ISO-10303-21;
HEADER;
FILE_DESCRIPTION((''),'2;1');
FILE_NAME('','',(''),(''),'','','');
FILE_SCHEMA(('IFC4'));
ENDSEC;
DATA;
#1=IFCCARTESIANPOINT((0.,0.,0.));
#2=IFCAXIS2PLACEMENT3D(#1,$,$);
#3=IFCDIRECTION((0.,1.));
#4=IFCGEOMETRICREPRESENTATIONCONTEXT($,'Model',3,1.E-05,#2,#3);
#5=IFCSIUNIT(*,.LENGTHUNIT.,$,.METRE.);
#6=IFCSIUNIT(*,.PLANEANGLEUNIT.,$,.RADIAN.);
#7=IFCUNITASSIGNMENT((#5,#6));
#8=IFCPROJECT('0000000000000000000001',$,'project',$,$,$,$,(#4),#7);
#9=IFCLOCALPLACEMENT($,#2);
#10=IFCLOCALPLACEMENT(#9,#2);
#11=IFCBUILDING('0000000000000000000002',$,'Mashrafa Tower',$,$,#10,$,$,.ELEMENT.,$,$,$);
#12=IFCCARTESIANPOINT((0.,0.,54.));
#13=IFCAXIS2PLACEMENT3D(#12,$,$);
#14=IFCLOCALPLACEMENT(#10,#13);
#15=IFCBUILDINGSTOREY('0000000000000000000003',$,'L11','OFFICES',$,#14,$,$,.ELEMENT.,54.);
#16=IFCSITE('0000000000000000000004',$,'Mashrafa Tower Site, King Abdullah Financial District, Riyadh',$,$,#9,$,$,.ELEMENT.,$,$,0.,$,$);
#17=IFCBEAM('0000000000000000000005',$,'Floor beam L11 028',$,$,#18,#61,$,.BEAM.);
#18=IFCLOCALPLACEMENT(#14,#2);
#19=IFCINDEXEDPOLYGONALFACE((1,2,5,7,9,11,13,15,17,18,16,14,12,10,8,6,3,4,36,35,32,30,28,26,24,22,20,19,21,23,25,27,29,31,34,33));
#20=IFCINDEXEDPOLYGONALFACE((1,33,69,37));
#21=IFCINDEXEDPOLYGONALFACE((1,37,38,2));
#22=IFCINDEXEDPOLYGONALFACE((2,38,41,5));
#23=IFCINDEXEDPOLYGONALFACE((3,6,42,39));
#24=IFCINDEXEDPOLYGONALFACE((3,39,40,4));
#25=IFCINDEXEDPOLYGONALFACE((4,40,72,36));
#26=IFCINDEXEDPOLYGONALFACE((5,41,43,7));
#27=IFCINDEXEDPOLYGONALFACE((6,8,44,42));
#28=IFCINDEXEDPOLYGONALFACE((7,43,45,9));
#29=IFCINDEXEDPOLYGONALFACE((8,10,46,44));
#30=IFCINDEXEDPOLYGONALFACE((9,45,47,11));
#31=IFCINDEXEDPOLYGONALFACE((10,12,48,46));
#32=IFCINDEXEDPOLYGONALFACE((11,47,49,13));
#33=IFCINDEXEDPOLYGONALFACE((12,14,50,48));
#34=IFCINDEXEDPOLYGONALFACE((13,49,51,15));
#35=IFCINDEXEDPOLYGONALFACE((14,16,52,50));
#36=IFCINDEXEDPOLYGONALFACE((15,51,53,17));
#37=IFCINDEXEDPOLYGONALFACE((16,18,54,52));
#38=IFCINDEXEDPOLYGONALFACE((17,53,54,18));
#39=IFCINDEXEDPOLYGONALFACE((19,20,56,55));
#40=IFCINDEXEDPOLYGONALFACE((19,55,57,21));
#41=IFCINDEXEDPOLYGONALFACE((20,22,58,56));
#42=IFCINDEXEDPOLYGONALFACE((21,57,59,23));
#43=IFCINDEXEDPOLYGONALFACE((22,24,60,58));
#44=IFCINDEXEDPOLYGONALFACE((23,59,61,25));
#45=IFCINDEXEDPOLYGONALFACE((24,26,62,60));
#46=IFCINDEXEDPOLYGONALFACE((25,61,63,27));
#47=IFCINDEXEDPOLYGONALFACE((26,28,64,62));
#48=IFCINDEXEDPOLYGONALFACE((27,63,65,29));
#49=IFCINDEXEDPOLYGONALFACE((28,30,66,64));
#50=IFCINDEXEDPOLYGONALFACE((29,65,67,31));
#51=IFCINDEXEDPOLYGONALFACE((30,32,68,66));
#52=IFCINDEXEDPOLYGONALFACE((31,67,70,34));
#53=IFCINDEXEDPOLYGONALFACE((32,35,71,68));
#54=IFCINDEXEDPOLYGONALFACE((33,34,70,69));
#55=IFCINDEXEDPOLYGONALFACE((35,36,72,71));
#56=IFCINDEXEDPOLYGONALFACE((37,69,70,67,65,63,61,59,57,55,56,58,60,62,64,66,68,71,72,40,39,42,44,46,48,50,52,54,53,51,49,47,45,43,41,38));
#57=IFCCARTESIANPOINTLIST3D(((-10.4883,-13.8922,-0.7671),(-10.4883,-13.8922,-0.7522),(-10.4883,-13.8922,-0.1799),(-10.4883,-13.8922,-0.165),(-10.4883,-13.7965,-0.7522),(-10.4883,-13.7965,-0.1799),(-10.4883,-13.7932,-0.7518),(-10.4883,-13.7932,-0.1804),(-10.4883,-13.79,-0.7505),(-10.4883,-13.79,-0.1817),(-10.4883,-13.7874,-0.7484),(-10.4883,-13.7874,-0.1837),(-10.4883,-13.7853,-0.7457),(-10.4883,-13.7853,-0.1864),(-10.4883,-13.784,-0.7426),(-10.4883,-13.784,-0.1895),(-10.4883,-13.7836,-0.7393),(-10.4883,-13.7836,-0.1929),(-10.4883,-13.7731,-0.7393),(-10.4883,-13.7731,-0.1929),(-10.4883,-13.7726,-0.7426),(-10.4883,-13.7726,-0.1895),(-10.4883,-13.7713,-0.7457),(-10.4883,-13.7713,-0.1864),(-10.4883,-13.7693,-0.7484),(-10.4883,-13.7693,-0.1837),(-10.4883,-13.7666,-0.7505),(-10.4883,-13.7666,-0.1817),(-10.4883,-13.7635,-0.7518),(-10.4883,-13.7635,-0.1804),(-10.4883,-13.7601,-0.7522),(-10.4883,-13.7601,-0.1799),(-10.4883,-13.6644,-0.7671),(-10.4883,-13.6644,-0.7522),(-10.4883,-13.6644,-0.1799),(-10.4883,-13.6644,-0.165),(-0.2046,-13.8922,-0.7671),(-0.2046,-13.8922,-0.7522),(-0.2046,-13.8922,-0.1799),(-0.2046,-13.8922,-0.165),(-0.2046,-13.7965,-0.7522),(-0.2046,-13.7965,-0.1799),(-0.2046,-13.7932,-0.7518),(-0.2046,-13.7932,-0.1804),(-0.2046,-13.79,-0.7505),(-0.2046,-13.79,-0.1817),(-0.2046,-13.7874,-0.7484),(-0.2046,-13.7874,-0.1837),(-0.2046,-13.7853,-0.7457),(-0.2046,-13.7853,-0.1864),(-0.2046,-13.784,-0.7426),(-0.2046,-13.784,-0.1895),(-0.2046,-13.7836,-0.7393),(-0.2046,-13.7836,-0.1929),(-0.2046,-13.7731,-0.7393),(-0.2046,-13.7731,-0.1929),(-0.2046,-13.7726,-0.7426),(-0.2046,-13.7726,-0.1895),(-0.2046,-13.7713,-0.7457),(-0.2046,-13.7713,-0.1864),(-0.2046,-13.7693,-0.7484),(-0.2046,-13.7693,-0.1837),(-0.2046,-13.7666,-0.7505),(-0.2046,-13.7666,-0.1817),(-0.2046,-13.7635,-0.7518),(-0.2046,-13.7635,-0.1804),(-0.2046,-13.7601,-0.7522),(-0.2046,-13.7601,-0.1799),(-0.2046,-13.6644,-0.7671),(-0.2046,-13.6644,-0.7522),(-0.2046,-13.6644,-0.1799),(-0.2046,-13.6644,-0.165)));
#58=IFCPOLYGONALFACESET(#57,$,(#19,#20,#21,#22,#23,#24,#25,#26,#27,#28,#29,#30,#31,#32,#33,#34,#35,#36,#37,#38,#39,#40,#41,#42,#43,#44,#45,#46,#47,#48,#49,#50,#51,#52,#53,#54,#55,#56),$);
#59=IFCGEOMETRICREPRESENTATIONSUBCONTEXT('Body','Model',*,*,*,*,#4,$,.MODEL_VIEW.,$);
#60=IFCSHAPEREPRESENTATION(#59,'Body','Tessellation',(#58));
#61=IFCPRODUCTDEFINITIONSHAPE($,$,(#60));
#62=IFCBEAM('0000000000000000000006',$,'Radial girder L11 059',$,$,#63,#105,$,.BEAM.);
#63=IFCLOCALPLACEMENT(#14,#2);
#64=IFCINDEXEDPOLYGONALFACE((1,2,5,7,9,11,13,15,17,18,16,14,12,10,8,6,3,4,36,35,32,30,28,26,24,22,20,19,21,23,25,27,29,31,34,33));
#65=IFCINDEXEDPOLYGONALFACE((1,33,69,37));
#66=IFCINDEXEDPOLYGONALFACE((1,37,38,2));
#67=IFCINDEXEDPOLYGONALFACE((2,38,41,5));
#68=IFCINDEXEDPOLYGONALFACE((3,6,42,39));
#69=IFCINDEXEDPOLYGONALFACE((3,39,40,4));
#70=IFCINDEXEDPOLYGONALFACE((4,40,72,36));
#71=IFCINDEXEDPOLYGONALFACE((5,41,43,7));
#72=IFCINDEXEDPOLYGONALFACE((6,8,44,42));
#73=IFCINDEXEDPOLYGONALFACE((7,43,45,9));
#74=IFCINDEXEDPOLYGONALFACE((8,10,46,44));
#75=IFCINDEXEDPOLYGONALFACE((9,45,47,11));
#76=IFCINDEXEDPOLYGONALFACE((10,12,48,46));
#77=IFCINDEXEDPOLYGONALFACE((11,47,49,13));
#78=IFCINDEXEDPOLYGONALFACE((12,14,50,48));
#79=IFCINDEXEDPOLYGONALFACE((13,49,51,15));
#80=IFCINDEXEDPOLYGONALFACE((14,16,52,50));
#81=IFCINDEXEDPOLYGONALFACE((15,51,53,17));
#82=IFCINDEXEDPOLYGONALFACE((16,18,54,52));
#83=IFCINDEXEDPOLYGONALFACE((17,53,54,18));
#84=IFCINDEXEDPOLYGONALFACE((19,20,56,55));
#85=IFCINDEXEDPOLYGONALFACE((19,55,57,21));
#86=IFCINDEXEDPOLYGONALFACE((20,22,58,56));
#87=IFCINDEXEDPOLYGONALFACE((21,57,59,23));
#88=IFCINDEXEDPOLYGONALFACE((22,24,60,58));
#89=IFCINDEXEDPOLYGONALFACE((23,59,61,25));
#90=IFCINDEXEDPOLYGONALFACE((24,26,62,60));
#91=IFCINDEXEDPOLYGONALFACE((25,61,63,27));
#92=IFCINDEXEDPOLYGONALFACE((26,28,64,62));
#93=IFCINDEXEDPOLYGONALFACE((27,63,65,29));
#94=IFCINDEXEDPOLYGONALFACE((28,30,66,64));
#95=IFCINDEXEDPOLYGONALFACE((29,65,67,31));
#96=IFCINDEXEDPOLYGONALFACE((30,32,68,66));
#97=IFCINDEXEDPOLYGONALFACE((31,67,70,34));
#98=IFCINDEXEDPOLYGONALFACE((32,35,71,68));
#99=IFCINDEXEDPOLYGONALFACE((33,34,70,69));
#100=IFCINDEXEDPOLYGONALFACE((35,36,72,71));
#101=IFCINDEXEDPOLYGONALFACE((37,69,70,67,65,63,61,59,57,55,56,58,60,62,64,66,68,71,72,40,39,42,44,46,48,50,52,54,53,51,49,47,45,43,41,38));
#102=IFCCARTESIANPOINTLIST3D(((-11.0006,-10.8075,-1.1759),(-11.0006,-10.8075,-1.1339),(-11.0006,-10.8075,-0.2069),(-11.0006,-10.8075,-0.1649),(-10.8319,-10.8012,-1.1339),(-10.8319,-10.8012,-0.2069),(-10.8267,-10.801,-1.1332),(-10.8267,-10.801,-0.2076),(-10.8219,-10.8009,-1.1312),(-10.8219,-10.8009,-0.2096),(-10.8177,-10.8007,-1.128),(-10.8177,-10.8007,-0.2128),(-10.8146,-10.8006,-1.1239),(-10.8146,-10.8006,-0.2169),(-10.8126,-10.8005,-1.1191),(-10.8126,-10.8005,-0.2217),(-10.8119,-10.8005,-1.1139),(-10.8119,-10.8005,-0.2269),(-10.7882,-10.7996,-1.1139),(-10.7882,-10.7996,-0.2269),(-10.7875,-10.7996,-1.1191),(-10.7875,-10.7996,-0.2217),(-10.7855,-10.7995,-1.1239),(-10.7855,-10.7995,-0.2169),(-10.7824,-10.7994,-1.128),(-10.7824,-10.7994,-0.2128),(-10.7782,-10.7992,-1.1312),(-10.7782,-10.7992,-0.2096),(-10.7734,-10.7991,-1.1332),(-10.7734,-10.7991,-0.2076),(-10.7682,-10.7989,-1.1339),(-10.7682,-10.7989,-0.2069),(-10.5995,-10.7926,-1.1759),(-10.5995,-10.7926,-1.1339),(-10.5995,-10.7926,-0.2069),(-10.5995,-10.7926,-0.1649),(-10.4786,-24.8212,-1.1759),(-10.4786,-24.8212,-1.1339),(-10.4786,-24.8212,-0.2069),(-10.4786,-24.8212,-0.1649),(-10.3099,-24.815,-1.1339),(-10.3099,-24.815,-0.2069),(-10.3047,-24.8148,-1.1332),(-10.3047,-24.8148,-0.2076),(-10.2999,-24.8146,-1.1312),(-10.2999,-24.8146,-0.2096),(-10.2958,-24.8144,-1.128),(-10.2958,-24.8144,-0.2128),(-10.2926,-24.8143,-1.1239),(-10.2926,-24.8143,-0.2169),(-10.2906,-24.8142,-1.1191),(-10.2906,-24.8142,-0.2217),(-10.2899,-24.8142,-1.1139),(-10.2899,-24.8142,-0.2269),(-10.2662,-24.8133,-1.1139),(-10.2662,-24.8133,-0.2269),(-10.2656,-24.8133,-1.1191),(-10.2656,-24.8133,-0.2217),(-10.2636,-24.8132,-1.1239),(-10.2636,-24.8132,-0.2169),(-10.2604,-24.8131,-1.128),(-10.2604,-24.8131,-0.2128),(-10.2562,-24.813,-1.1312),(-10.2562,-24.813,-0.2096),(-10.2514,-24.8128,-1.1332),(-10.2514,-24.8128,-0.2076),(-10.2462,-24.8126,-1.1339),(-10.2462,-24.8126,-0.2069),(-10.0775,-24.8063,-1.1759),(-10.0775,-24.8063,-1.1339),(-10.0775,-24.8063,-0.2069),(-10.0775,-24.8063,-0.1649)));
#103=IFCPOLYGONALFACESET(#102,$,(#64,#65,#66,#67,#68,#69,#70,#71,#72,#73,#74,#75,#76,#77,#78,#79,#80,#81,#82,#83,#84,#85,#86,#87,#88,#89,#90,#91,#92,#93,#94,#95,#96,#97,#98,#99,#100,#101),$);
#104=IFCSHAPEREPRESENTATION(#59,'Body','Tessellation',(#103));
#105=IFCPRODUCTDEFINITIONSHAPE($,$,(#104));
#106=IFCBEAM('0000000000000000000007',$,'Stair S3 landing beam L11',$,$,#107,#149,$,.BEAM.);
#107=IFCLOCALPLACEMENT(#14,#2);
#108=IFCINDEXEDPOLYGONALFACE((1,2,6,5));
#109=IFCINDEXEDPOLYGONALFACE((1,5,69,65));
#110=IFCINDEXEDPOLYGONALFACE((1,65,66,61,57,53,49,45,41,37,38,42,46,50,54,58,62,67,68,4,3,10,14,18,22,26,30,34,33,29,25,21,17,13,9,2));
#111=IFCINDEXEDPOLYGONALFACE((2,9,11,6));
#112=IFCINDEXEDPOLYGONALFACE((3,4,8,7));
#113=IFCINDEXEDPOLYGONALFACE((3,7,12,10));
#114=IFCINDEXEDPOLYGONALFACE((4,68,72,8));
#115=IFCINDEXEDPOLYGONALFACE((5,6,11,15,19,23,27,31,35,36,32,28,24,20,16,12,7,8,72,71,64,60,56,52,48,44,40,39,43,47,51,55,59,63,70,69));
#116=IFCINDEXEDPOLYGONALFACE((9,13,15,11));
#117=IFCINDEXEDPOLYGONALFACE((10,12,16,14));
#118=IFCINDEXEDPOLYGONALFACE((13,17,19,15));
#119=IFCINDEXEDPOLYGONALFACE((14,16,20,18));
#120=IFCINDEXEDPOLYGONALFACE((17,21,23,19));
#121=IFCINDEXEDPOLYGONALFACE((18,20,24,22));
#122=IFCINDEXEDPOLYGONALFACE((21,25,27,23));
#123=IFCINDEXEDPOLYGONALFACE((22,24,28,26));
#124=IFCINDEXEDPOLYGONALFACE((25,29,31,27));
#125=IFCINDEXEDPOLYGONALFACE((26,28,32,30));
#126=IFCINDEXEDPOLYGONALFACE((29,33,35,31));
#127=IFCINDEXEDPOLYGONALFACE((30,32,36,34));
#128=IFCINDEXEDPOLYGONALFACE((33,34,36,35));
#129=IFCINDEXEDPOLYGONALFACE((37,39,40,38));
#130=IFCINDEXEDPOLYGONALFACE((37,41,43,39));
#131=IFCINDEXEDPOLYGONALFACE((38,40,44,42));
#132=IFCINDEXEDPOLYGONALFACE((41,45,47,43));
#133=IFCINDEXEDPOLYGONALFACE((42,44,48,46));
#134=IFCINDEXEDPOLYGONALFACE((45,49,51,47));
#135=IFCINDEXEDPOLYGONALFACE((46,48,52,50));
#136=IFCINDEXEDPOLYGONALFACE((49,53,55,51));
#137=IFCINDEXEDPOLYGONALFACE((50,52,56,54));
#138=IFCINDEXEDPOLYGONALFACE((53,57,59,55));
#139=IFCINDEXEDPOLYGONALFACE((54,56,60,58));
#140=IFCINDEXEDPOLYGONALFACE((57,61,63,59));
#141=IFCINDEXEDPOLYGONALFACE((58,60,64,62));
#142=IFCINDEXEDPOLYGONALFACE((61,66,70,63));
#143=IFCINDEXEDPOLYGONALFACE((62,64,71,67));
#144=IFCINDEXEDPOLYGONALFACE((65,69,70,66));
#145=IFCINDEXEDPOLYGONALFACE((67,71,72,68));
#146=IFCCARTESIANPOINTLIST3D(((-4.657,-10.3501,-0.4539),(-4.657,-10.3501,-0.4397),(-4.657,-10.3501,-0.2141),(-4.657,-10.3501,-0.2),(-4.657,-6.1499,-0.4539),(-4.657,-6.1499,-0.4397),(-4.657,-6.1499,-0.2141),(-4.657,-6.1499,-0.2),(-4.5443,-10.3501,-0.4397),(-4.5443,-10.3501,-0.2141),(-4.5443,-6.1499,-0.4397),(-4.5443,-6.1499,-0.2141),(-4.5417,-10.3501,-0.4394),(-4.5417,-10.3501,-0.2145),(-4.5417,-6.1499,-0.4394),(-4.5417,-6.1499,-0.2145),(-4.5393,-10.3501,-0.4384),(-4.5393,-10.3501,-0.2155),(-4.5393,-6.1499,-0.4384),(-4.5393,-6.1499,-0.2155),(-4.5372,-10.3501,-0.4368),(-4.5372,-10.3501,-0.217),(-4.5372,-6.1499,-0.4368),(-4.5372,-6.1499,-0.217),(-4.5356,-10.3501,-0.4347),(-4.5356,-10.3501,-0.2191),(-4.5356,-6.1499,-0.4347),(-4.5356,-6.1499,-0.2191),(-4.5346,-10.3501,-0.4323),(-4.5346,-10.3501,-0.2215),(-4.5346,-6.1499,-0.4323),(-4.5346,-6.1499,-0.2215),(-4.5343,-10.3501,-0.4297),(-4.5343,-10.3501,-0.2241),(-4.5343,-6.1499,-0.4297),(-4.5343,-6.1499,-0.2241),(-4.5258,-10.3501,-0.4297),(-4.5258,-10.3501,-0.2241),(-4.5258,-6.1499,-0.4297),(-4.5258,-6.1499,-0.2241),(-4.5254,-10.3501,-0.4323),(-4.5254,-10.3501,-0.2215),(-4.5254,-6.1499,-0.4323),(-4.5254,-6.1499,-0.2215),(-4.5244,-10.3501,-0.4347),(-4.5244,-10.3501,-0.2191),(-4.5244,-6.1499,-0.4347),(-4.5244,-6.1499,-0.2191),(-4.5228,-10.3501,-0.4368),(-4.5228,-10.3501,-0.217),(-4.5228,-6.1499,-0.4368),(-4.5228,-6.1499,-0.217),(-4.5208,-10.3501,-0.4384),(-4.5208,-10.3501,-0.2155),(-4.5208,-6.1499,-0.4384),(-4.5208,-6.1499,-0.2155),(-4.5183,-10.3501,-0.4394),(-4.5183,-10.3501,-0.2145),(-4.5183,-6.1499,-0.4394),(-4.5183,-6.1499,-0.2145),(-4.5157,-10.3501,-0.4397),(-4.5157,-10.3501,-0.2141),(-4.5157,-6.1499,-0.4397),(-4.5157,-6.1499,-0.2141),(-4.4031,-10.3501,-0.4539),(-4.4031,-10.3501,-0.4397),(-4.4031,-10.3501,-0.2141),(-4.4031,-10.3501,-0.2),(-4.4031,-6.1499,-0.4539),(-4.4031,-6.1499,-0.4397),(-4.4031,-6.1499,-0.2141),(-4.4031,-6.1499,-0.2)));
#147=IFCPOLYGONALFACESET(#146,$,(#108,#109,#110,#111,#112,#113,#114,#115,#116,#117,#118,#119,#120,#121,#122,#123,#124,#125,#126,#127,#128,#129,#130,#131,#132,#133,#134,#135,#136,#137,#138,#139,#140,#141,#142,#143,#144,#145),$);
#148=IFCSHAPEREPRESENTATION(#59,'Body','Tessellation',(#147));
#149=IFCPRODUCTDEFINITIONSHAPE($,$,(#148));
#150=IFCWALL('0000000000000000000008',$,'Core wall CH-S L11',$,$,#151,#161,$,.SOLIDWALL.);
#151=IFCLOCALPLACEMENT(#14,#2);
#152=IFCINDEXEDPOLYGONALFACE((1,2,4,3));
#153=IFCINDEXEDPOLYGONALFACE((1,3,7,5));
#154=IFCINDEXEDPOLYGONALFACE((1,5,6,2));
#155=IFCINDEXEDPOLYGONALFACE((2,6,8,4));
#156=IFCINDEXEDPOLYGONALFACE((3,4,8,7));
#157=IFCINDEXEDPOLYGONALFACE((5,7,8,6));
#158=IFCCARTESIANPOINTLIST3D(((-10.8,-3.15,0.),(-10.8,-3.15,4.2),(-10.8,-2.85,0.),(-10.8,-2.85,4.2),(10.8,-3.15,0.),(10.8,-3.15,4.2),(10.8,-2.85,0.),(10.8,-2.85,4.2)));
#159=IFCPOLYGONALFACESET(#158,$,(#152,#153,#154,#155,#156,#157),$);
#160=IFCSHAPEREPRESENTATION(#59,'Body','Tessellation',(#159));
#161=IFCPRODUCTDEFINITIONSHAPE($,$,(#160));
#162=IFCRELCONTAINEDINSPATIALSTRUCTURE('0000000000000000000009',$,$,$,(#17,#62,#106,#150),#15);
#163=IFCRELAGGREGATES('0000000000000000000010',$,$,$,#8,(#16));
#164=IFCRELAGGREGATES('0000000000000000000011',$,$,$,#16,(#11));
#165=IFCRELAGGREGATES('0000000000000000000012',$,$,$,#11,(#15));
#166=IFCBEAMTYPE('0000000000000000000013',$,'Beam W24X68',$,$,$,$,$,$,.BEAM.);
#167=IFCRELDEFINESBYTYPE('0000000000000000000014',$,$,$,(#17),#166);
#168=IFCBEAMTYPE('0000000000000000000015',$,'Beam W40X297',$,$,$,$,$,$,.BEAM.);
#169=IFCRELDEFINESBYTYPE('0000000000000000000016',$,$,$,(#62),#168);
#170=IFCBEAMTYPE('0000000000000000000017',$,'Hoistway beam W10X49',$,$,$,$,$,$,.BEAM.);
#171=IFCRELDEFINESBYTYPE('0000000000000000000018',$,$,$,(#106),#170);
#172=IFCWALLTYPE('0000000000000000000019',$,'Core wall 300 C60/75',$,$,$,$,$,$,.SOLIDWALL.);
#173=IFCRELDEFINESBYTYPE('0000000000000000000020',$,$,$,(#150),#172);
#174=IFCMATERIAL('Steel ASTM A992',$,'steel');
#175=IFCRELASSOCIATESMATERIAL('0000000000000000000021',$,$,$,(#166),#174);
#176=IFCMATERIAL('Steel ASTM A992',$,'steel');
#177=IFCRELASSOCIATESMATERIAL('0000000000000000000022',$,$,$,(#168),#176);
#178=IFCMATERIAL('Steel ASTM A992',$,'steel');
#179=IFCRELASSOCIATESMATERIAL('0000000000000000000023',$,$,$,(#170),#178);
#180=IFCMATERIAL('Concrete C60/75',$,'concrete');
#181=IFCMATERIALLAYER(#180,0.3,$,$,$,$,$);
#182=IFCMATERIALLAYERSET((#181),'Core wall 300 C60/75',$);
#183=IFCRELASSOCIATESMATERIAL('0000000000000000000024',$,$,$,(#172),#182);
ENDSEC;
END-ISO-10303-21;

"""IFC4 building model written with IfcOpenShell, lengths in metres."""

from ifc_helpers import new_model, si_unit, direction, frame, frame_2d, origin, origin_2d, place, context, subcontext, project, spatial, rectangle, i_section, extrude, material, layer, layer_set, material_profile, profile_set, type_object, element, save


model = new_model("IFC4")

# Units and contexts
model_context = context("Model", 3, precision=1e-05, world=origin(), true_north=direction((0.0, 1.0)))
body_context = subcontext(model_context, "Body", "Model", "MODEL_VIEW")
ifc_project = project(units=[si_unit("LENGTHUNIT", "METRE"), si_unit("PLANEANGLEUNIT", "RADIAN")], contexts=[model_context])

# Site, building, storey
site_placement = place(None, origin())
site = spatial("IfcSite", under=ifc_project, at=site_placement, Name="Mashrafa Tower Site, King Abdullah Financial District, Riyadh", CompositionType="ELEMENT", RefElevation=0.0)
building_placement = place(site_placement, origin())
building = spatial("IfcBuilding", under=site, at=building_placement, Name="Mashrafa Tower", CompositionType="ELEMENT")
storey_placement = place(building_placement, frame((0.0, 0.0, 54.0)))
storey = spatial("IfcBuildingStorey", under=building, at=storey_placement, Name="L11", Description="OFFICES", CompositionType="ELEMENT", Elevation=54.0)

# Beams
ifc_material_1 = material(Name="Steel ASTM A992", Category="steel")
ifc_material_profile_1 = material_profile(ifc_material_1, i_section(OverallWidth=0.2278, OverallDepth=0.6021, WebThickness=0.0105, FlangeThickness=0.0149, FilletRadius=0.0129, at=origin_2d()), Name="W24X68")
ifc_profile_set_1 = profile_set([ifc_material_profile_1], Name="Steel ASTM A992")
beam_type_1 = type_object("IfcBeamType", Name="Beam W24X68", PredefinedType="BEAM", material=ifc_profile_set_1)
beam_1_placement = place(storey_placement, frame((-0.2046, -13.7783, -0.4661), z_axis=(-1.0, 0.0, 0.0), x_axis=(0.0, -1.0, 0.0)))
element("IfcBeam", 1, at=beam_1_placement, inside=storey, type_object=beam_type_1, Name="Floor beam L11 028", PredefinedType="BEAM", context=body_context, shape_type="SweptSolid", body=[
    extrude(i_section(OverallWidth=0.2278, OverallDepth=0.6021, WebThickness=0.0105, FlangeThickness=0.0149, FilletRadius=0.0129, at=origin_2d()), origin(), (0.0, 0.0, 1.0), 10.2837),
])
ifc_material_2 = material(Name="Steel ASTM A992", Category="steel")
ifc_material_profile_2 = material_profile(ifc_material_2, i_section(OverallWidth=0.4014, OverallDepth=1.011, WebThickness=0.0237, FlangeThickness=0.042, FilletRadius=0.02, at=origin_2d()), Name="W40X297")
ifc_profile_set_2 = profile_set([ifc_material_profile_2], Name="Steel ASTM A992")
beam_type_2 = type_object("IfcBeamType", Name="Beam W40X297", PredefinedType="BEAM", material=ifc_profile_set_2)
beam_2_placement = place(storey_placement, frame((-10.8, -10.8, -0.6704), z_axis=(0.037222, -0.999307, 0.0), x_axis=(0.999307, 0.037222, 0.0)))
element("IfcBeam", 2, at=beam_2_placement, inside=storey, type_object=beam_type_2, Name="Radial girder L11 059", PredefinedType="BEAM", context=body_context, shape_type="SweptSolid", body=[
    extrude(i_section(OverallWidth=0.4014, OverallDepth=1.011, WebThickness=0.0237, FlangeThickness=0.042, FilletRadius=0.02, at=origin_2d()), origin(), (0.0, 0.0, 1.0), 14.0234),
])
ifc_material_3 = material(Name="Steel ASTM A992", Category="steel")
ifc_material_profile_3 = material_profile(ifc_material_3, i_section(OverallWidth=0.2539, OverallDepth=0.2539, WebThickness=0.0085, FlangeThickness=0.0142, FilletRadius=0.01, at=origin_2d()), Name="W10X49")
ifc_profile_set_3 = profile_set([ifc_material_profile_3], Name="Steel ASTM A992")
beam_type_3 = type_object("IfcBeamType", Name="Hoistway beam W10X49", PredefinedType="BEAM", material=ifc_profile_set_3)
beam_3_placement = place(storey_placement, frame((-4.53, -10.3501, -0.3269), z_axis=(0.0, 1.0, 0.0), x_axis=(-1.0, 0.0, 0.0)))
element("IfcBeam", 3, at=beam_3_placement, inside=storey, type_object=beam_type_3, Name="Stair S3 landing beam L11", PredefinedType="BEAM", context=body_context, shape_type="SweptSolid", body=[
    extrude(i_section(OverallWidth=0.2539, OverallDepth=0.2539, WebThickness=0.0085, FlangeThickness=0.0142, FilletRadius=0.01, at=origin_2d()), origin(), (0.0, 0.0, 1.0), 4.2002),
])

# Wall
ifc_material_4 = material(Name="Concrete C60/75", Category="concrete")
ifc_layer_1 = layer(ifc_material_4, 0.3)
ifc_layer_set_1 = layer_set([ifc_layer_1], Name="Core wall 300 C60/75")
wall_type_1 = type_object("IfcWallType", Name="Core wall 300 C60/75", PredefinedType="SOLIDWALL", material=ifc_layer_set_1)
wall_1_placement = place(storey_placement, frame((-10.8, -3.0, 0.0), z_axis=(0.0, 0.0, 1.0), x_axis=(1.0, 0.0, 0.0)))
element("IfcWall", 4, at=wall_1_placement, inside=storey, type_object=wall_type_1, Name="Core wall CH-S L11", PredefinedType="SOLIDWALL", context=body_context, shape_type="SweptSolid", body=[
    extrude(rectangle(XDim=21.6001, YDim=0.3, at=frame_2d((10.8, 0.0))), origin(), (0.0, 0.0, 1.0), 4.2),
])

save(model, "model.ifc")
